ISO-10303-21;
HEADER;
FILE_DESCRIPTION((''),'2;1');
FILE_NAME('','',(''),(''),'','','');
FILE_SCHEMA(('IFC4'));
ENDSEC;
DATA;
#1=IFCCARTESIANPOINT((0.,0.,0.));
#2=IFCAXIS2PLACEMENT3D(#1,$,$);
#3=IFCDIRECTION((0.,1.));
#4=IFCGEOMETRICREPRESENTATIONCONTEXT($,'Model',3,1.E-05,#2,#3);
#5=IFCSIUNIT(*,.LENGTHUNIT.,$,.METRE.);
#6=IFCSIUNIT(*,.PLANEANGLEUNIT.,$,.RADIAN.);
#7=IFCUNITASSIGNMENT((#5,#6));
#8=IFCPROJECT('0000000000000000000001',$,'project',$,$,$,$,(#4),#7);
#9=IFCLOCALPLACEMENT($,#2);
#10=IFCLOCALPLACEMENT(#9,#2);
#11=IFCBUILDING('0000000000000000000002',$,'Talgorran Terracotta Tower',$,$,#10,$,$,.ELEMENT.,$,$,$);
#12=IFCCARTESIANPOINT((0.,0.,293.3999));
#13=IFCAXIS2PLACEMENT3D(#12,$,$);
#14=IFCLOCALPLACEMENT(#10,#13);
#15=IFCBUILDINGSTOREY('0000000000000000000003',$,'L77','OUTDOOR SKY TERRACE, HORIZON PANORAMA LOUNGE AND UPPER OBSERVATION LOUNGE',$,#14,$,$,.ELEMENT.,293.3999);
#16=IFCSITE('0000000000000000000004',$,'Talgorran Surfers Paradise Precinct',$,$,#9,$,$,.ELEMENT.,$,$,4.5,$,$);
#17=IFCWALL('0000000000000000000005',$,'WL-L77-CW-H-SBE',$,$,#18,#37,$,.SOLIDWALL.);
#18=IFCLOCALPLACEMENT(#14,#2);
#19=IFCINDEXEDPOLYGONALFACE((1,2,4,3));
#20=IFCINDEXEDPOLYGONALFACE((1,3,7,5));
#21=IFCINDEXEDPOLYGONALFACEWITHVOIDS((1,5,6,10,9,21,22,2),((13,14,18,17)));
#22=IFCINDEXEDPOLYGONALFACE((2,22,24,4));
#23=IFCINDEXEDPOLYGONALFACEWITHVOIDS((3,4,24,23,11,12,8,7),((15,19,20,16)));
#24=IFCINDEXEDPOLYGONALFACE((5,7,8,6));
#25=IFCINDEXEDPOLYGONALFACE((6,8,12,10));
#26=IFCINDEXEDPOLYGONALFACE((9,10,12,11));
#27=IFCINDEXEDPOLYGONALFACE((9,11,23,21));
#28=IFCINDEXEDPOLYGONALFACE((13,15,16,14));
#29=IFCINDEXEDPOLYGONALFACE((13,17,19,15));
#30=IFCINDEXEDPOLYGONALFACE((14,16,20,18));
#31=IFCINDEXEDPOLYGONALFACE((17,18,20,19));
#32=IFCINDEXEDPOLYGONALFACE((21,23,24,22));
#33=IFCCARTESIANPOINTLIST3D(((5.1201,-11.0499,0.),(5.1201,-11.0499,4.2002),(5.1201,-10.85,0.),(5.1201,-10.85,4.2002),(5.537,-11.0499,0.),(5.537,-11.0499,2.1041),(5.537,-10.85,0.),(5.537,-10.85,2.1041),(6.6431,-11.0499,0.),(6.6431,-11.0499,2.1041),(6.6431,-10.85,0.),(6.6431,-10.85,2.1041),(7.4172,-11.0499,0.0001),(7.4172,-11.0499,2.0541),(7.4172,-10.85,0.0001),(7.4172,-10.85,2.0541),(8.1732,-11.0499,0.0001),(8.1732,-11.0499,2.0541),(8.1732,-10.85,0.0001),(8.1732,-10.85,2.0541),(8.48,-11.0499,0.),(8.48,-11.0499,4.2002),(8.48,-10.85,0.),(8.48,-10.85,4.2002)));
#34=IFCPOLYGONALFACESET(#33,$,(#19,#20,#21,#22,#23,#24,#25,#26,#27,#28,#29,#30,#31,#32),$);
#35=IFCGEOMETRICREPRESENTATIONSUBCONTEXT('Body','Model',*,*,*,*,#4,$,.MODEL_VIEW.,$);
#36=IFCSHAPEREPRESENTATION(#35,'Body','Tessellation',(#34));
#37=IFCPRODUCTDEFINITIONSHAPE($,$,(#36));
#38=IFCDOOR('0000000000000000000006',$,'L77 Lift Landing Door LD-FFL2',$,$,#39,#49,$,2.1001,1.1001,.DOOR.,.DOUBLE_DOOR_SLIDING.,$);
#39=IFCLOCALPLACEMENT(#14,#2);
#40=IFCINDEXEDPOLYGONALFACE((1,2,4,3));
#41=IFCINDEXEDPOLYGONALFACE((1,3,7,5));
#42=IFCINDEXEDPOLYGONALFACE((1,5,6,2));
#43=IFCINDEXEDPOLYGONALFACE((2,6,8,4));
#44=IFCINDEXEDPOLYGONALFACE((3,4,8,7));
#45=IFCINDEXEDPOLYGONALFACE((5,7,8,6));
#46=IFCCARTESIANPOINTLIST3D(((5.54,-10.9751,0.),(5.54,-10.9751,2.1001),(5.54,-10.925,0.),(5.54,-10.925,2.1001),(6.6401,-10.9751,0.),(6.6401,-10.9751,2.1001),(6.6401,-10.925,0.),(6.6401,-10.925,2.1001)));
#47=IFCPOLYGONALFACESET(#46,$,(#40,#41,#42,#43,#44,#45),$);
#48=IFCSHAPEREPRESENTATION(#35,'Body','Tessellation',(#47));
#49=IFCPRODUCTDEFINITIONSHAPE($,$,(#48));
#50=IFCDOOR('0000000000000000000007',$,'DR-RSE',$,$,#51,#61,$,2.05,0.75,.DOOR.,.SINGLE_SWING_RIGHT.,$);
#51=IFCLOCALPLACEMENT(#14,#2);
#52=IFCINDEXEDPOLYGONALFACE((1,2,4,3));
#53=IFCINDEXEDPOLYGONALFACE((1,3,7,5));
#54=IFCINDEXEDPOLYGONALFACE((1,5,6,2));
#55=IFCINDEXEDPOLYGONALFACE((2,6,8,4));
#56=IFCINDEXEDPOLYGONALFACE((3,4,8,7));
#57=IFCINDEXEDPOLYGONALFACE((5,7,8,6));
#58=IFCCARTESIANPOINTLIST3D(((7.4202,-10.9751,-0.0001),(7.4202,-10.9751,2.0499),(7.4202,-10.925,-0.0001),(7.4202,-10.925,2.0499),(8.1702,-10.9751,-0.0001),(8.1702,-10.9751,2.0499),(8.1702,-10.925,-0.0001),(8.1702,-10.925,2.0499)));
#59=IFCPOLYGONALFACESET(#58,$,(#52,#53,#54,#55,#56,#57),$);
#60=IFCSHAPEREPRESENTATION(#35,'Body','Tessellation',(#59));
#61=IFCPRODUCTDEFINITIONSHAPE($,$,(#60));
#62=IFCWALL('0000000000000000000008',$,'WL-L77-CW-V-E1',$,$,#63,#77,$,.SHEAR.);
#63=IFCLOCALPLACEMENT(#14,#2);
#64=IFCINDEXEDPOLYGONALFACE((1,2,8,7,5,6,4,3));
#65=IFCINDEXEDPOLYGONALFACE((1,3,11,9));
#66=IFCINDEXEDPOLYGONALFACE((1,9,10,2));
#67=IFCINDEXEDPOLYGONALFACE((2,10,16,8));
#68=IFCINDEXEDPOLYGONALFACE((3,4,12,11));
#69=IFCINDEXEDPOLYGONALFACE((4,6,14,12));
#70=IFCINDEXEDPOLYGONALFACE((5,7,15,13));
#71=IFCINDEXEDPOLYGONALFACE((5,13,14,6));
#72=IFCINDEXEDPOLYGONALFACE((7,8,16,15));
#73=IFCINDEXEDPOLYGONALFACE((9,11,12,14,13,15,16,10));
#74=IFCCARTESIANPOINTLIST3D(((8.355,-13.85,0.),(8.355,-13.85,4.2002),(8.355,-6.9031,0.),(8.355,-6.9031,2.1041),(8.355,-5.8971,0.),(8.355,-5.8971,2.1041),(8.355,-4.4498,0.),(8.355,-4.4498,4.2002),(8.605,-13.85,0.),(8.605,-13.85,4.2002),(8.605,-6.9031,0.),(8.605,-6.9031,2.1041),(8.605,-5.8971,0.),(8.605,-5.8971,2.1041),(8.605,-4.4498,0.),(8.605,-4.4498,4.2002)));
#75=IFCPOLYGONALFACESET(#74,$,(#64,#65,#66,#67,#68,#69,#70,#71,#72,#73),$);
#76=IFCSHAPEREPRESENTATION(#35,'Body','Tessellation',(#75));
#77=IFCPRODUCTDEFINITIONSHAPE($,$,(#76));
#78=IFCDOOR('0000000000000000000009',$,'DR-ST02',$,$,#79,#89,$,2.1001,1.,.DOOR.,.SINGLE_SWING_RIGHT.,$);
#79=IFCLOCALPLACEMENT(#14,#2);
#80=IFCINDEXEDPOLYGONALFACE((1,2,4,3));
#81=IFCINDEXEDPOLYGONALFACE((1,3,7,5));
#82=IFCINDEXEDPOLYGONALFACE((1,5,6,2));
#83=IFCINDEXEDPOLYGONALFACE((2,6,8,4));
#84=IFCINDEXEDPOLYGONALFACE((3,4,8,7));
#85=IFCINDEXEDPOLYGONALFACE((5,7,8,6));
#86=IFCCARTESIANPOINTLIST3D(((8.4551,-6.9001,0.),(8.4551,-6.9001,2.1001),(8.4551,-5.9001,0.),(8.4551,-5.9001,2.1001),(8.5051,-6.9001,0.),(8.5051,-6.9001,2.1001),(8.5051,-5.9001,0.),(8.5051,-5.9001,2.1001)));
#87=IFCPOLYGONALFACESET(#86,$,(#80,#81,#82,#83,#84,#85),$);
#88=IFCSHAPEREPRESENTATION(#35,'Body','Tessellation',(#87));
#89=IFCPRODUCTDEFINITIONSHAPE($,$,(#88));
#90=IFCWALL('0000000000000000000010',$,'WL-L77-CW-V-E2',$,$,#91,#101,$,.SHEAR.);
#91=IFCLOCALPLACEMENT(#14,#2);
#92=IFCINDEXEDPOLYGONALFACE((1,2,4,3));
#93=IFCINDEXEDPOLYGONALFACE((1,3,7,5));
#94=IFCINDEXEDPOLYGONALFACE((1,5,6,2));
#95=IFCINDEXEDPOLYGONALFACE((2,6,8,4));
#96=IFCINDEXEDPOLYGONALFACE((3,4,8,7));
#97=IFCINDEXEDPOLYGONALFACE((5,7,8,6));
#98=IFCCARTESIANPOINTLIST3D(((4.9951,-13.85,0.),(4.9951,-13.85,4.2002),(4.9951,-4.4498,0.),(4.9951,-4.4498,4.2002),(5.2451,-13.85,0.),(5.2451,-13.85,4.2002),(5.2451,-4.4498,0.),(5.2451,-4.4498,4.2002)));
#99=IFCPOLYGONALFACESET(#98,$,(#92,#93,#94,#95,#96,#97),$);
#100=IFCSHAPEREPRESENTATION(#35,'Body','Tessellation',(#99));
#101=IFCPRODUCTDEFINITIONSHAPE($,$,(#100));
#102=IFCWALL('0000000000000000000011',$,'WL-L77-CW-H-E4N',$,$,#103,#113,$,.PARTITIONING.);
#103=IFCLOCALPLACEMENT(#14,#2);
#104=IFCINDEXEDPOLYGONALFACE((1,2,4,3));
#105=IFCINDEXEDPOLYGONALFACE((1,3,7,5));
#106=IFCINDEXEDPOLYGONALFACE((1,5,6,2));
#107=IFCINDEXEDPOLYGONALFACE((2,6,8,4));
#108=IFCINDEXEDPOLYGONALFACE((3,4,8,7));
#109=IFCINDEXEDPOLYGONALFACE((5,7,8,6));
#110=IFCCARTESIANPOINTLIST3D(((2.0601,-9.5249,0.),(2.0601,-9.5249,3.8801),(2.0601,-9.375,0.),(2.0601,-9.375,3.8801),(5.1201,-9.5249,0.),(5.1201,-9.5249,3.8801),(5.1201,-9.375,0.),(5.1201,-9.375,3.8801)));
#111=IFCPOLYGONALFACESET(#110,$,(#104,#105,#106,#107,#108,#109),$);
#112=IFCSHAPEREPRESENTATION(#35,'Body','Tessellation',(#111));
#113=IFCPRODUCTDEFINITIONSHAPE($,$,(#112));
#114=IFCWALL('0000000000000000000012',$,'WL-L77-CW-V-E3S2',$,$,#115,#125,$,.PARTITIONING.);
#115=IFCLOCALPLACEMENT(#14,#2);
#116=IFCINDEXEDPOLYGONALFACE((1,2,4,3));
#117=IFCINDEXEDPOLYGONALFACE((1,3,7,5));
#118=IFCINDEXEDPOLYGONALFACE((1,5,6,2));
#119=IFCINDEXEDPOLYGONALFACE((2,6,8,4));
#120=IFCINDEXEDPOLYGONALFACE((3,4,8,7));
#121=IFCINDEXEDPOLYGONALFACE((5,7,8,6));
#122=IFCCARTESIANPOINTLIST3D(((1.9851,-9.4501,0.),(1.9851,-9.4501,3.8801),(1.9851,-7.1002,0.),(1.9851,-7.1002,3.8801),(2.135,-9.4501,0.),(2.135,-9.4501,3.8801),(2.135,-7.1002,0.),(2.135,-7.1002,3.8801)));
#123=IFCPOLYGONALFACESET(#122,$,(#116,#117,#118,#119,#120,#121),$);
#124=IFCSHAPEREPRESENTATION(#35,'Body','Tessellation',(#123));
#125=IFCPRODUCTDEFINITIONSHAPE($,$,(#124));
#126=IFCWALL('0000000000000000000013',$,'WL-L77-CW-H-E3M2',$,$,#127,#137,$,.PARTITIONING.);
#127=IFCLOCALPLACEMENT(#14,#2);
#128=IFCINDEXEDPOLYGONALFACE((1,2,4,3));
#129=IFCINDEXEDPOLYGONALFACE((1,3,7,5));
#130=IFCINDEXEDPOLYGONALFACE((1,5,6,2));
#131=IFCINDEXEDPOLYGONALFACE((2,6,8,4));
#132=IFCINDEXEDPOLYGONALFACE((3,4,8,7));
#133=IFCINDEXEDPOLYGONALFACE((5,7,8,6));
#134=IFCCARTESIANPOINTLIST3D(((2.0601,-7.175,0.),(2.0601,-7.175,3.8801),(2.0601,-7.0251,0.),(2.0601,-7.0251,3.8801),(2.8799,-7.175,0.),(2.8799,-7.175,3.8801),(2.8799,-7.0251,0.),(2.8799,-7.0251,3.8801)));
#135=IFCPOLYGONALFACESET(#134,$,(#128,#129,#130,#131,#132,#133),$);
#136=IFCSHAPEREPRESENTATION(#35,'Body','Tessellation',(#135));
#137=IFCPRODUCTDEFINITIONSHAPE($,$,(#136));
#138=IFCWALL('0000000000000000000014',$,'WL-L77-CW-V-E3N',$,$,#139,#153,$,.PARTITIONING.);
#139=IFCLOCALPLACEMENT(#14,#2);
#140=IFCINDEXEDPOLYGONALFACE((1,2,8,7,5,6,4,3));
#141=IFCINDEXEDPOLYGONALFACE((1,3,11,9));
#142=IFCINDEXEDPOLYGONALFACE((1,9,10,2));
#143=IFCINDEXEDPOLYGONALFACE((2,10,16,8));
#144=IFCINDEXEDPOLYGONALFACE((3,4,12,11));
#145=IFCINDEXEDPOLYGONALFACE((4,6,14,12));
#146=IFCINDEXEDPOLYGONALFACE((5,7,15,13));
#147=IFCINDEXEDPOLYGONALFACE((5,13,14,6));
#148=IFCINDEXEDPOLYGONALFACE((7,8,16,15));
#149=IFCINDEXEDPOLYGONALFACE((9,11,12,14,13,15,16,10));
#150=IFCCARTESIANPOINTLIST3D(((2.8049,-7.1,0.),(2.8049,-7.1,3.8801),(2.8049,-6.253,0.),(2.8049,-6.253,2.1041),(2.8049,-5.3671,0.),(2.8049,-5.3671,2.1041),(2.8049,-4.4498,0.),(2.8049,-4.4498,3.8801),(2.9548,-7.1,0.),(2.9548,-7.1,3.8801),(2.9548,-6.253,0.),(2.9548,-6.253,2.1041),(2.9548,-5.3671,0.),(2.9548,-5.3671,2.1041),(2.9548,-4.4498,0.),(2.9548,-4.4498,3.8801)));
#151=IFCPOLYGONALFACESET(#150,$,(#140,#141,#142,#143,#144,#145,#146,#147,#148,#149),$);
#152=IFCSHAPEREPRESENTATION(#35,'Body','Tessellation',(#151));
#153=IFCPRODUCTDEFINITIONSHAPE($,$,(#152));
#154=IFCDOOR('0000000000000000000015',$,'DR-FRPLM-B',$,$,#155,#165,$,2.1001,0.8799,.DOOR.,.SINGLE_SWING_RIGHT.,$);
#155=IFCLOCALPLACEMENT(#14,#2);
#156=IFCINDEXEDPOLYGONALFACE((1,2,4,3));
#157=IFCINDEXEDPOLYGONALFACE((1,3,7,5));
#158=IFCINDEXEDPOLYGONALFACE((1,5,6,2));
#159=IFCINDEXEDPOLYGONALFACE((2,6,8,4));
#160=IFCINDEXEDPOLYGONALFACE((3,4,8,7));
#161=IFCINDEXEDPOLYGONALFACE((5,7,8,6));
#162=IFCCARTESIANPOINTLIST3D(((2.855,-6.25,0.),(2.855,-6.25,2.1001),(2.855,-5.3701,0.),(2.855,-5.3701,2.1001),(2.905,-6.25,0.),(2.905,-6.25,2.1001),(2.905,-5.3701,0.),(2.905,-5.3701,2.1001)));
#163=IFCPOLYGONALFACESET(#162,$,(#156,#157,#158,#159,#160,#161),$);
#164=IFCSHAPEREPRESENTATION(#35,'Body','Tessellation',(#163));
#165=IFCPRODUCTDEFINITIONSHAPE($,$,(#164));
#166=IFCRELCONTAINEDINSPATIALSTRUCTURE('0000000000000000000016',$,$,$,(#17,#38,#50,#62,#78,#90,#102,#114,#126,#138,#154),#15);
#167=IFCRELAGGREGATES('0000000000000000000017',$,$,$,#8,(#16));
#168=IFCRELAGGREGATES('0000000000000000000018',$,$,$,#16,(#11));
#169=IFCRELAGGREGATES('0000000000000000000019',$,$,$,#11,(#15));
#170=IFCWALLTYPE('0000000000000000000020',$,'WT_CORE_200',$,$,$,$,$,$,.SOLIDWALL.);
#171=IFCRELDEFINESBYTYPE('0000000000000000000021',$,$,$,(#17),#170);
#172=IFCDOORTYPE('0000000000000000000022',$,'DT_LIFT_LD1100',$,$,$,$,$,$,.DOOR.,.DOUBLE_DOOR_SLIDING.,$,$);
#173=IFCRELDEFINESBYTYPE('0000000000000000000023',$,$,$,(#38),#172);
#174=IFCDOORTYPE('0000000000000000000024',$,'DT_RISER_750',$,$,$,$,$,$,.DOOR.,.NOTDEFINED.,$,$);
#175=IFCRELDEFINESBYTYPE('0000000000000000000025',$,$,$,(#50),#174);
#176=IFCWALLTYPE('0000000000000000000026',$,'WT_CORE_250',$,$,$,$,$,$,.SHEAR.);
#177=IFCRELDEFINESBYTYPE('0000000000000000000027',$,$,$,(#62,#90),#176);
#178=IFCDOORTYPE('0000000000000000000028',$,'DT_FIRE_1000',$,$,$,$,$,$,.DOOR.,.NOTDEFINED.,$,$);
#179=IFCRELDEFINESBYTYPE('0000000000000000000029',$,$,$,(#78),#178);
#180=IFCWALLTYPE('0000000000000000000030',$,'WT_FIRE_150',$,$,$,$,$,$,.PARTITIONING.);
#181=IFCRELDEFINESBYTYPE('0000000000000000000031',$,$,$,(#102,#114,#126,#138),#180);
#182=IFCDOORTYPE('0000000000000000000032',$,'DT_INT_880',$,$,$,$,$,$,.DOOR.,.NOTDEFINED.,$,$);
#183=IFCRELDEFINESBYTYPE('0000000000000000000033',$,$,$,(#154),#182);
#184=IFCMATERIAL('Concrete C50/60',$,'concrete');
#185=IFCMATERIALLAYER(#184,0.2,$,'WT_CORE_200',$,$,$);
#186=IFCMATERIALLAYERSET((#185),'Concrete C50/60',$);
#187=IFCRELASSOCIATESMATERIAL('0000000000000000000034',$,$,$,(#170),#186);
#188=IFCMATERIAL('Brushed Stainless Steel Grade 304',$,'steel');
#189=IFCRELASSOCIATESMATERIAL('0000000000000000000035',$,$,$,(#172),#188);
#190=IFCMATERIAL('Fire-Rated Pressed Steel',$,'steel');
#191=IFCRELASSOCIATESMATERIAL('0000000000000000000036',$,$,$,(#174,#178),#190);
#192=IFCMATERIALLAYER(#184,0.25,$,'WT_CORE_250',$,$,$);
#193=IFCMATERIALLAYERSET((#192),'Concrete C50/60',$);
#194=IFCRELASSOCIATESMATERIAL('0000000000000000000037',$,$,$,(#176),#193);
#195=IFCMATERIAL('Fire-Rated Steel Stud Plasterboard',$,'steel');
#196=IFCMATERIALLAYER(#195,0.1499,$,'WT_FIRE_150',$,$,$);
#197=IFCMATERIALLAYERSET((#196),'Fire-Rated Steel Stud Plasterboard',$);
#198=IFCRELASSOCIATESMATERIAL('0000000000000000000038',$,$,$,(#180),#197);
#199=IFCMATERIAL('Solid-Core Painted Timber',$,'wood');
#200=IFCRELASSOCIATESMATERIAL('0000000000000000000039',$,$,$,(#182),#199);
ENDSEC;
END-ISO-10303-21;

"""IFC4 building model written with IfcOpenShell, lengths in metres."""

from ifc_helpers import new_model, si_unit, direction, frame, frame_2d, origin, place, context, subcontext, project, spatial, rectangle, extrude, material, layer, layer_set, type_object, element, fill, save


model = new_model("IFC4")

# Units and contexts
model_context = context("Model", 3, precision=1e-05, world=origin(), true_north=direction((0.0, 1.0)))
body_context = subcontext(model_context, "Body", "Model", "MODEL_VIEW")
ifc_project = project(units=[si_unit("LENGTHUNIT", "METRE"), si_unit("PLANEANGLEUNIT", "RADIAN")], contexts=[model_context])

# Site, building, storey
site_placement = place(None, origin())
site = spatial("IfcSite", under=ifc_project, at=site_placement, Name="Talgorran Surfers Paradise Precinct", CompositionType="ELEMENT", RefElevation=4.5)
building_placement = place(site_placement, origin())
building = spatial("IfcBuilding", under=site, at=building_placement, Name="Talgorran Terracotta Tower", CompositionType="ELEMENT")
storey_placement = place(building_placement, frame((0.0, 0.0, 293.3999)))
storey = spatial("IfcBuildingStorey", under=building, at=storey_placement, Name="L77", Description="OUTDOOR SKY TERRACE, HORIZON PANORAMA LOUNGE AND UPPER OBSERVATION LOUNGE", CompositionType="ELEMENT", Elevation=293.3999)

# Shared definitions
ifc_material_1 = material(Name="Concrete C50/60", Category="concrete")

# Shared definitions
ifc_layer_1 = layer(ifc_material_1, 0.2, Name="WT_CORE_200")
ifc_layer_set_1 = layer_set([ifc_layer_1], Name="Concrete C50/60")
wall_type_1 = type_object("IfcWallType", Name="WT_CORE_200", PredefinedType="SOLIDWALL", material=ifc_layer_set_1)

# Wall, openings, doors
wall_1_placement = place(storey_placement, frame((5.1201, -10.95, 0.0), z_axis=(0.0, 0.0, 1.0), x_axis=(1.0, 0.0, 0.0)))
wall_1 = element("IfcWall", 1, at=wall_1_placement, inside=storey, type_object=wall_type_1, Name="WL-L77-CW-H-SBE", PredefinedType="SOLIDWALL", context=body_context, shape_type="SweptSolid", body=[
    extrude(rectangle(XDim=3.3599, YDim=0.2, at=frame_2d((1.6799, 0.0))), origin(), (0.0, 0.0, 1.0), 4.2002),
])
opening_1_placement = place(wall_1_placement, frame((0.4199, 0.0, 0.0)))
opening_1 = element("IfcOpeningElement", 2, at=opening_1_placement, cuts=wall_1, PredefinedType="OPENING", context=body_context, shape_type="SweptSolid", body=[
    extrude(rectangle(XDim=1.1061, YDim=2.1041, at=frame_2d((0.55, 1.052))), frame((0.0, 0.1099, 0.0), z_axis=(0.0, -1.0, 0.0), x_axis=(1.0, 0.0, 0.0)), (0.0, 0.0, 1.0), 0.22),
])
opening_2_placement = place(wall_1_placement, frame((2.3, 0.0, 0.0)))
opening_2 = element("IfcOpeningElement", 3, at=opening_2_placement, cuts=wall_1, PredefinedType="OPENING", context=body_context, shape_type="SweptSolid", body=[
    extrude(rectangle(XDim=0.756, YDim=2.054, at=frame_2d((0.375, 1.0271))), frame((0.0, 0.1099, 0.0), z_axis=(0.0, -1.0, 0.0), x_axis=(1.0, 0.0, 0.0)), (0.0, 0.0, 1.0), 0.22),
])
ifc_material_2 = material(Name="Brushed Stainless Steel Grade 304", Category="steel")
door_type_1 = type_object("IfcDoorType", Name="DT_LIFT_LD1100", OperationType="DOUBLE_DOOR_SLIDING", PredefinedType="DOOR", material=ifc_material_2)
door_1_placement = place(opening_1_placement, origin())
door_1 = element("IfcDoor", 4, at=door_1_placement, inside=storey, type_object=door_type_1, Name="L77 Lift Landing Door LD-FFL2", OperationType="DOUBLE_DOOR_SLIDING", OverallHeight=2.1001, OverallWidth=1.1001, PredefinedType="DOOR", context=body_context, shape_type="SweptSolid", body=[
    extrude(rectangle(XDim=1.1001, YDim=2.1001, at=frame_2d((0.55, 1.05))), frame((0.0, 0.0249, 0.0), z_axis=(0.0, -1.0, 0.0), x_axis=(1.0, 0.0, 0.0)), (0.0, 0.0, 1.0), 0.05),
])
fill(opening_1, door_1)
ifc_material_3 = material(Name="Fire-Rated Pressed Steel", Category="steel")
door_type_2 = type_object("IfcDoorType", Name="DT_RISER_750", OperationType="NOTDEFINED", PredefinedType="DOOR", material=ifc_material_3)
door_2_placement = place(opening_2_placement, origin())
door_2 = element("IfcDoor", 5, at=door_2_placement, inside=storey, type_object=door_type_2, Name="DR-RSE", OperationType="SINGLE_SWING_RIGHT", OverallHeight=2.05, OverallWidth=0.75, PredefinedType="DOOR", context=body_context, shape_type="SweptSolid", body=[
    extrude(rectangle(XDim=0.75, YDim=2.05, at=frame_2d((0.375, 1.0249))), frame((0.0, 0.0249, 0.0), z_axis=(0.0, -1.0, 0.0), x_axis=(1.0, 0.0, 0.0)), (0.0, 0.0, 1.0), 0.05),
])
fill(opening_2, door_2)

# Wall, opening, door
ifc_layer_2 = layer(ifc_material_1, 0.25, Name="WT_CORE_250")
ifc_layer_set_2 = layer_set([ifc_layer_2], Name="Concrete C50/60")
wall_type_2 = type_object("IfcWallType", Name="WT_CORE_250", PredefinedType="SHEAR", material=ifc_layer_set_2)
wall_2_placement = place(storey_placement, frame((8.48, -13.8501, 0.0), z_axis=(0.0, 0.0, 1.0), x_axis=(0.0, 1.0, 0.0)))
wall_2 = element("IfcWall", 6, at=wall_2_placement, inside=storey, type_object=wall_type_2, Name="WL-L77-CW-V-E1", PredefinedType="SHEAR", context=body_context, shape_type="SweptSolid", body=[
    extrude(rectangle(XDim=9.4001, YDim=0.25, at=frame_2d((4.7002, 0.0))), origin(), (0.0, 0.0, 1.0), 4.2002),
])
opening_3_placement = place(wall_2_placement, frame((6.95, 0.0, 0.0)))
opening_3 = element("IfcOpeningElement", 7, at=opening_3_placement, cuts=wall_2, PredefinedType="OPENING", context=body_context, shape_type="SweptSolid", body=[
    extrude(rectangle(XDim=1.006, YDim=2.1041, at=frame_2d((0.5, 1.052))), frame((0.0, 0.135, 0.0), z_axis=(0.0, -1.0, 0.0), x_axis=(1.0, 0.0, 0.0)), (0.0, 0.0, 1.0), 0.27),
])
door_type_3 = type_object("IfcDoorType", Name="DT_FIRE_1000", OperationType="NOTDEFINED", PredefinedType="DOOR", material=ifc_material_3)
door_3_placement = place(opening_3_placement, origin())
door_3 = element("IfcDoor", 8, at=door_3_placement, inside=storey, type_object=door_type_3, Name="DR-ST02", OperationType="SINGLE_SWING_RIGHT", OverallHeight=2.1001, OverallWidth=1.0, PredefinedType="DOOR", context=body_context, shape_type="SweptSolid", body=[
    extrude(rectangle(XDim=1.0, YDim=2.1001, at=frame_2d((0.5, 1.05))), frame((0.0, 0.0249, 0.0), z_axis=(0.0, -1.0, 0.0), x_axis=(1.0, 0.0, 0.0)), (0.0, 0.0, 1.0), 0.05),
])
fill(opening_3, door_3)

# Walls
wall_3_placement = place(storey_placement, frame((5.1201, -13.8501, 0.0), z_axis=(0.0, 0.0, 1.0), x_axis=(0.0, 1.0, 0.0)))
element("IfcWall", 9, at=wall_3_placement, inside=storey, type_object=wall_type_2, Name="WL-L77-CW-V-E2", PredefinedType="SHEAR", context=body_context, shape_type="SweptSolid", body=[
    extrude(rectangle(XDim=9.4001, YDim=0.25, at=frame_2d((4.7002, 0.0))), origin(), (0.0, 0.0, 1.0), 4.2002),
])
ifc_material_4 = material(Name="Fire-Rated Steel Stud Plasterboard", Category="steel")
ifc_layer_3 = layer(ifc_material_4, 0.1499, Name="WT_FIRE_150")
ifc_layer_set_3 = layer_set([ifc_layer_3], Name="Fire-Rated Steel Stud Plasterboard")
wall_type_3 = type_object("IfcWallType", Name="WT_FIRE_150", PredefinedType="PARTITIONING", material=ifc_layer_set_3)
wall_4_placement = place(storey_placement, frame((2.0601, -9.45, 0.0), z_axis=(0.0, 0.0, 1.0), x_axis=(1.0, 0.0, 0.0)))
element("IfcWall", 10, at=wall_4_placement, inside=storey, type_object=wall_type_3, Name="WL-L77-CW-H-E4N", PredefinedType="PARTITIONING", context=body_context, shape_type="SweptSolid", body=[
    extrude(rectangle(XDim=3.0601, YDim=0.1499, at=frame_2d((1.53, 0.0))), origin(), (0.0, 0.0, 1.0), 3.8801),
])
wall_5_placement = place(storey_placement, frame((2.0601, -9.45, 0.0), z_axis=(0.0, 0.0, 1.0), x_axis=(0.0, 1.0, 0.0)))
element("IfcWall", 11, at=wall_5_placement, inside=storey, type_object=wall_type_3, Name="WL-L77-CW-V-E3S2", PredefinedType="PARTITIONING", context=body_context, shape_type="SweptSolid", body=[
    extrude(rectangle(XDim=2.3499, YDim=0.1499, at=frame_2d((1.1748, 0.0))), origin(), (0.0, 0.0, 1.0), 3.8801),
])
wall_6_placement = place(storey_placement, frame((2.0601, -7.1001, 0.0), z_axis=(0.0, 0.0, 1.0), x_axis=(1.0, 0.0, 0.0)))
element("IfcWall", 12, at=wall_6_placement, inside=storey, type_object=wall_type_3, Name="WL-L77-CW-H-E3M2", PredefinedType="PARTITIONING", context=body_context, shape_type="SweptSolid", body=[
    extrude(rectangle(XDim=0.8198, YDim=0.1499, at=frame_2d((0.4099, 0.0))), origin(), (0.0, 0.0, 1.0), 3.8801),
])

# Wall, opening, door
wall_7_placement = place(storey_placement, frame((2.8799, -7.1001, 0.0), z_axis=(0.0, 0.0, 1.0), x_axis=(0.0, 1.0, 0.0)))
wall_7 = element("IfcWall", 13, at=wall_7_placement, inside=storey, type_object=wall_type_3, Name="WL-L77-CW-V-E3N", PredefinedType="PARTITIONING", context=body_context, shape_type="SweptSolid", body=[
    extrude(rectangle(XDim=2.6501, YDim=0.1499, at=frame_2d((1.3252, 0.0))), origin(), (0.0, 0.0, 1.0), 3.8801),
])
opening_4_placement = place(wall_7_placement, frame((0.8501, 0.0, 0.0)))
opening_4 = element("IfcOpeningElement", 14, at=opening_4_placement, cuts=wall_7, PredefinedType="OPENING", context=body_context, shape_type="SweptSolid", body=[
    extrude(rectangle(XDim=0.8859, YDim=2.1041, at=frame_2d((0.4399, 1.052))), frame((0.0, 0.085, 0.0), z_axis=(0.0, -1.0, 0.0), x_axis=(1.0, 0.0, 0.0)), (0.0, 0.0, 1.0), 0.1699),
])
ifc_material_5 = material(Name="Solid-Core Painted Timber", Category="wood")
door_type_4 = type_object("IfcDoorType", Name="DT_INT_880", OperationType="NOTDEFINED", PredefinedType="DOOR", material=ifc_material_5)
door_4_placement = place(opening_4_placement, origin())
door_4 = element("IfcDoor", 15, at=door_4_placement, inside=storey, type_object=door_type_4, Name="DR-FRPLM-B", OperationType="SINGLE_SWING_RIGHT", OverallHeight=2.1001, OverallWidth=0.8799, PredefinedType="DOOR", context=body_context, shape_type="SweptSolid", body=[
    extrude(rectangle(XDim=0.8799, YDim=2.1001, at=frame_2d((0.4399, 1.05))), frame((0.0, 0.0249, 0.0), z_axis=(0.0, -1.0, 0.0), x_axis=(1.0, 0.0, 0.0)), (0.0, 0.0, 1.0), 0.05),
])
fill(opening_4, door_4)

save(model, "model.ifc")
